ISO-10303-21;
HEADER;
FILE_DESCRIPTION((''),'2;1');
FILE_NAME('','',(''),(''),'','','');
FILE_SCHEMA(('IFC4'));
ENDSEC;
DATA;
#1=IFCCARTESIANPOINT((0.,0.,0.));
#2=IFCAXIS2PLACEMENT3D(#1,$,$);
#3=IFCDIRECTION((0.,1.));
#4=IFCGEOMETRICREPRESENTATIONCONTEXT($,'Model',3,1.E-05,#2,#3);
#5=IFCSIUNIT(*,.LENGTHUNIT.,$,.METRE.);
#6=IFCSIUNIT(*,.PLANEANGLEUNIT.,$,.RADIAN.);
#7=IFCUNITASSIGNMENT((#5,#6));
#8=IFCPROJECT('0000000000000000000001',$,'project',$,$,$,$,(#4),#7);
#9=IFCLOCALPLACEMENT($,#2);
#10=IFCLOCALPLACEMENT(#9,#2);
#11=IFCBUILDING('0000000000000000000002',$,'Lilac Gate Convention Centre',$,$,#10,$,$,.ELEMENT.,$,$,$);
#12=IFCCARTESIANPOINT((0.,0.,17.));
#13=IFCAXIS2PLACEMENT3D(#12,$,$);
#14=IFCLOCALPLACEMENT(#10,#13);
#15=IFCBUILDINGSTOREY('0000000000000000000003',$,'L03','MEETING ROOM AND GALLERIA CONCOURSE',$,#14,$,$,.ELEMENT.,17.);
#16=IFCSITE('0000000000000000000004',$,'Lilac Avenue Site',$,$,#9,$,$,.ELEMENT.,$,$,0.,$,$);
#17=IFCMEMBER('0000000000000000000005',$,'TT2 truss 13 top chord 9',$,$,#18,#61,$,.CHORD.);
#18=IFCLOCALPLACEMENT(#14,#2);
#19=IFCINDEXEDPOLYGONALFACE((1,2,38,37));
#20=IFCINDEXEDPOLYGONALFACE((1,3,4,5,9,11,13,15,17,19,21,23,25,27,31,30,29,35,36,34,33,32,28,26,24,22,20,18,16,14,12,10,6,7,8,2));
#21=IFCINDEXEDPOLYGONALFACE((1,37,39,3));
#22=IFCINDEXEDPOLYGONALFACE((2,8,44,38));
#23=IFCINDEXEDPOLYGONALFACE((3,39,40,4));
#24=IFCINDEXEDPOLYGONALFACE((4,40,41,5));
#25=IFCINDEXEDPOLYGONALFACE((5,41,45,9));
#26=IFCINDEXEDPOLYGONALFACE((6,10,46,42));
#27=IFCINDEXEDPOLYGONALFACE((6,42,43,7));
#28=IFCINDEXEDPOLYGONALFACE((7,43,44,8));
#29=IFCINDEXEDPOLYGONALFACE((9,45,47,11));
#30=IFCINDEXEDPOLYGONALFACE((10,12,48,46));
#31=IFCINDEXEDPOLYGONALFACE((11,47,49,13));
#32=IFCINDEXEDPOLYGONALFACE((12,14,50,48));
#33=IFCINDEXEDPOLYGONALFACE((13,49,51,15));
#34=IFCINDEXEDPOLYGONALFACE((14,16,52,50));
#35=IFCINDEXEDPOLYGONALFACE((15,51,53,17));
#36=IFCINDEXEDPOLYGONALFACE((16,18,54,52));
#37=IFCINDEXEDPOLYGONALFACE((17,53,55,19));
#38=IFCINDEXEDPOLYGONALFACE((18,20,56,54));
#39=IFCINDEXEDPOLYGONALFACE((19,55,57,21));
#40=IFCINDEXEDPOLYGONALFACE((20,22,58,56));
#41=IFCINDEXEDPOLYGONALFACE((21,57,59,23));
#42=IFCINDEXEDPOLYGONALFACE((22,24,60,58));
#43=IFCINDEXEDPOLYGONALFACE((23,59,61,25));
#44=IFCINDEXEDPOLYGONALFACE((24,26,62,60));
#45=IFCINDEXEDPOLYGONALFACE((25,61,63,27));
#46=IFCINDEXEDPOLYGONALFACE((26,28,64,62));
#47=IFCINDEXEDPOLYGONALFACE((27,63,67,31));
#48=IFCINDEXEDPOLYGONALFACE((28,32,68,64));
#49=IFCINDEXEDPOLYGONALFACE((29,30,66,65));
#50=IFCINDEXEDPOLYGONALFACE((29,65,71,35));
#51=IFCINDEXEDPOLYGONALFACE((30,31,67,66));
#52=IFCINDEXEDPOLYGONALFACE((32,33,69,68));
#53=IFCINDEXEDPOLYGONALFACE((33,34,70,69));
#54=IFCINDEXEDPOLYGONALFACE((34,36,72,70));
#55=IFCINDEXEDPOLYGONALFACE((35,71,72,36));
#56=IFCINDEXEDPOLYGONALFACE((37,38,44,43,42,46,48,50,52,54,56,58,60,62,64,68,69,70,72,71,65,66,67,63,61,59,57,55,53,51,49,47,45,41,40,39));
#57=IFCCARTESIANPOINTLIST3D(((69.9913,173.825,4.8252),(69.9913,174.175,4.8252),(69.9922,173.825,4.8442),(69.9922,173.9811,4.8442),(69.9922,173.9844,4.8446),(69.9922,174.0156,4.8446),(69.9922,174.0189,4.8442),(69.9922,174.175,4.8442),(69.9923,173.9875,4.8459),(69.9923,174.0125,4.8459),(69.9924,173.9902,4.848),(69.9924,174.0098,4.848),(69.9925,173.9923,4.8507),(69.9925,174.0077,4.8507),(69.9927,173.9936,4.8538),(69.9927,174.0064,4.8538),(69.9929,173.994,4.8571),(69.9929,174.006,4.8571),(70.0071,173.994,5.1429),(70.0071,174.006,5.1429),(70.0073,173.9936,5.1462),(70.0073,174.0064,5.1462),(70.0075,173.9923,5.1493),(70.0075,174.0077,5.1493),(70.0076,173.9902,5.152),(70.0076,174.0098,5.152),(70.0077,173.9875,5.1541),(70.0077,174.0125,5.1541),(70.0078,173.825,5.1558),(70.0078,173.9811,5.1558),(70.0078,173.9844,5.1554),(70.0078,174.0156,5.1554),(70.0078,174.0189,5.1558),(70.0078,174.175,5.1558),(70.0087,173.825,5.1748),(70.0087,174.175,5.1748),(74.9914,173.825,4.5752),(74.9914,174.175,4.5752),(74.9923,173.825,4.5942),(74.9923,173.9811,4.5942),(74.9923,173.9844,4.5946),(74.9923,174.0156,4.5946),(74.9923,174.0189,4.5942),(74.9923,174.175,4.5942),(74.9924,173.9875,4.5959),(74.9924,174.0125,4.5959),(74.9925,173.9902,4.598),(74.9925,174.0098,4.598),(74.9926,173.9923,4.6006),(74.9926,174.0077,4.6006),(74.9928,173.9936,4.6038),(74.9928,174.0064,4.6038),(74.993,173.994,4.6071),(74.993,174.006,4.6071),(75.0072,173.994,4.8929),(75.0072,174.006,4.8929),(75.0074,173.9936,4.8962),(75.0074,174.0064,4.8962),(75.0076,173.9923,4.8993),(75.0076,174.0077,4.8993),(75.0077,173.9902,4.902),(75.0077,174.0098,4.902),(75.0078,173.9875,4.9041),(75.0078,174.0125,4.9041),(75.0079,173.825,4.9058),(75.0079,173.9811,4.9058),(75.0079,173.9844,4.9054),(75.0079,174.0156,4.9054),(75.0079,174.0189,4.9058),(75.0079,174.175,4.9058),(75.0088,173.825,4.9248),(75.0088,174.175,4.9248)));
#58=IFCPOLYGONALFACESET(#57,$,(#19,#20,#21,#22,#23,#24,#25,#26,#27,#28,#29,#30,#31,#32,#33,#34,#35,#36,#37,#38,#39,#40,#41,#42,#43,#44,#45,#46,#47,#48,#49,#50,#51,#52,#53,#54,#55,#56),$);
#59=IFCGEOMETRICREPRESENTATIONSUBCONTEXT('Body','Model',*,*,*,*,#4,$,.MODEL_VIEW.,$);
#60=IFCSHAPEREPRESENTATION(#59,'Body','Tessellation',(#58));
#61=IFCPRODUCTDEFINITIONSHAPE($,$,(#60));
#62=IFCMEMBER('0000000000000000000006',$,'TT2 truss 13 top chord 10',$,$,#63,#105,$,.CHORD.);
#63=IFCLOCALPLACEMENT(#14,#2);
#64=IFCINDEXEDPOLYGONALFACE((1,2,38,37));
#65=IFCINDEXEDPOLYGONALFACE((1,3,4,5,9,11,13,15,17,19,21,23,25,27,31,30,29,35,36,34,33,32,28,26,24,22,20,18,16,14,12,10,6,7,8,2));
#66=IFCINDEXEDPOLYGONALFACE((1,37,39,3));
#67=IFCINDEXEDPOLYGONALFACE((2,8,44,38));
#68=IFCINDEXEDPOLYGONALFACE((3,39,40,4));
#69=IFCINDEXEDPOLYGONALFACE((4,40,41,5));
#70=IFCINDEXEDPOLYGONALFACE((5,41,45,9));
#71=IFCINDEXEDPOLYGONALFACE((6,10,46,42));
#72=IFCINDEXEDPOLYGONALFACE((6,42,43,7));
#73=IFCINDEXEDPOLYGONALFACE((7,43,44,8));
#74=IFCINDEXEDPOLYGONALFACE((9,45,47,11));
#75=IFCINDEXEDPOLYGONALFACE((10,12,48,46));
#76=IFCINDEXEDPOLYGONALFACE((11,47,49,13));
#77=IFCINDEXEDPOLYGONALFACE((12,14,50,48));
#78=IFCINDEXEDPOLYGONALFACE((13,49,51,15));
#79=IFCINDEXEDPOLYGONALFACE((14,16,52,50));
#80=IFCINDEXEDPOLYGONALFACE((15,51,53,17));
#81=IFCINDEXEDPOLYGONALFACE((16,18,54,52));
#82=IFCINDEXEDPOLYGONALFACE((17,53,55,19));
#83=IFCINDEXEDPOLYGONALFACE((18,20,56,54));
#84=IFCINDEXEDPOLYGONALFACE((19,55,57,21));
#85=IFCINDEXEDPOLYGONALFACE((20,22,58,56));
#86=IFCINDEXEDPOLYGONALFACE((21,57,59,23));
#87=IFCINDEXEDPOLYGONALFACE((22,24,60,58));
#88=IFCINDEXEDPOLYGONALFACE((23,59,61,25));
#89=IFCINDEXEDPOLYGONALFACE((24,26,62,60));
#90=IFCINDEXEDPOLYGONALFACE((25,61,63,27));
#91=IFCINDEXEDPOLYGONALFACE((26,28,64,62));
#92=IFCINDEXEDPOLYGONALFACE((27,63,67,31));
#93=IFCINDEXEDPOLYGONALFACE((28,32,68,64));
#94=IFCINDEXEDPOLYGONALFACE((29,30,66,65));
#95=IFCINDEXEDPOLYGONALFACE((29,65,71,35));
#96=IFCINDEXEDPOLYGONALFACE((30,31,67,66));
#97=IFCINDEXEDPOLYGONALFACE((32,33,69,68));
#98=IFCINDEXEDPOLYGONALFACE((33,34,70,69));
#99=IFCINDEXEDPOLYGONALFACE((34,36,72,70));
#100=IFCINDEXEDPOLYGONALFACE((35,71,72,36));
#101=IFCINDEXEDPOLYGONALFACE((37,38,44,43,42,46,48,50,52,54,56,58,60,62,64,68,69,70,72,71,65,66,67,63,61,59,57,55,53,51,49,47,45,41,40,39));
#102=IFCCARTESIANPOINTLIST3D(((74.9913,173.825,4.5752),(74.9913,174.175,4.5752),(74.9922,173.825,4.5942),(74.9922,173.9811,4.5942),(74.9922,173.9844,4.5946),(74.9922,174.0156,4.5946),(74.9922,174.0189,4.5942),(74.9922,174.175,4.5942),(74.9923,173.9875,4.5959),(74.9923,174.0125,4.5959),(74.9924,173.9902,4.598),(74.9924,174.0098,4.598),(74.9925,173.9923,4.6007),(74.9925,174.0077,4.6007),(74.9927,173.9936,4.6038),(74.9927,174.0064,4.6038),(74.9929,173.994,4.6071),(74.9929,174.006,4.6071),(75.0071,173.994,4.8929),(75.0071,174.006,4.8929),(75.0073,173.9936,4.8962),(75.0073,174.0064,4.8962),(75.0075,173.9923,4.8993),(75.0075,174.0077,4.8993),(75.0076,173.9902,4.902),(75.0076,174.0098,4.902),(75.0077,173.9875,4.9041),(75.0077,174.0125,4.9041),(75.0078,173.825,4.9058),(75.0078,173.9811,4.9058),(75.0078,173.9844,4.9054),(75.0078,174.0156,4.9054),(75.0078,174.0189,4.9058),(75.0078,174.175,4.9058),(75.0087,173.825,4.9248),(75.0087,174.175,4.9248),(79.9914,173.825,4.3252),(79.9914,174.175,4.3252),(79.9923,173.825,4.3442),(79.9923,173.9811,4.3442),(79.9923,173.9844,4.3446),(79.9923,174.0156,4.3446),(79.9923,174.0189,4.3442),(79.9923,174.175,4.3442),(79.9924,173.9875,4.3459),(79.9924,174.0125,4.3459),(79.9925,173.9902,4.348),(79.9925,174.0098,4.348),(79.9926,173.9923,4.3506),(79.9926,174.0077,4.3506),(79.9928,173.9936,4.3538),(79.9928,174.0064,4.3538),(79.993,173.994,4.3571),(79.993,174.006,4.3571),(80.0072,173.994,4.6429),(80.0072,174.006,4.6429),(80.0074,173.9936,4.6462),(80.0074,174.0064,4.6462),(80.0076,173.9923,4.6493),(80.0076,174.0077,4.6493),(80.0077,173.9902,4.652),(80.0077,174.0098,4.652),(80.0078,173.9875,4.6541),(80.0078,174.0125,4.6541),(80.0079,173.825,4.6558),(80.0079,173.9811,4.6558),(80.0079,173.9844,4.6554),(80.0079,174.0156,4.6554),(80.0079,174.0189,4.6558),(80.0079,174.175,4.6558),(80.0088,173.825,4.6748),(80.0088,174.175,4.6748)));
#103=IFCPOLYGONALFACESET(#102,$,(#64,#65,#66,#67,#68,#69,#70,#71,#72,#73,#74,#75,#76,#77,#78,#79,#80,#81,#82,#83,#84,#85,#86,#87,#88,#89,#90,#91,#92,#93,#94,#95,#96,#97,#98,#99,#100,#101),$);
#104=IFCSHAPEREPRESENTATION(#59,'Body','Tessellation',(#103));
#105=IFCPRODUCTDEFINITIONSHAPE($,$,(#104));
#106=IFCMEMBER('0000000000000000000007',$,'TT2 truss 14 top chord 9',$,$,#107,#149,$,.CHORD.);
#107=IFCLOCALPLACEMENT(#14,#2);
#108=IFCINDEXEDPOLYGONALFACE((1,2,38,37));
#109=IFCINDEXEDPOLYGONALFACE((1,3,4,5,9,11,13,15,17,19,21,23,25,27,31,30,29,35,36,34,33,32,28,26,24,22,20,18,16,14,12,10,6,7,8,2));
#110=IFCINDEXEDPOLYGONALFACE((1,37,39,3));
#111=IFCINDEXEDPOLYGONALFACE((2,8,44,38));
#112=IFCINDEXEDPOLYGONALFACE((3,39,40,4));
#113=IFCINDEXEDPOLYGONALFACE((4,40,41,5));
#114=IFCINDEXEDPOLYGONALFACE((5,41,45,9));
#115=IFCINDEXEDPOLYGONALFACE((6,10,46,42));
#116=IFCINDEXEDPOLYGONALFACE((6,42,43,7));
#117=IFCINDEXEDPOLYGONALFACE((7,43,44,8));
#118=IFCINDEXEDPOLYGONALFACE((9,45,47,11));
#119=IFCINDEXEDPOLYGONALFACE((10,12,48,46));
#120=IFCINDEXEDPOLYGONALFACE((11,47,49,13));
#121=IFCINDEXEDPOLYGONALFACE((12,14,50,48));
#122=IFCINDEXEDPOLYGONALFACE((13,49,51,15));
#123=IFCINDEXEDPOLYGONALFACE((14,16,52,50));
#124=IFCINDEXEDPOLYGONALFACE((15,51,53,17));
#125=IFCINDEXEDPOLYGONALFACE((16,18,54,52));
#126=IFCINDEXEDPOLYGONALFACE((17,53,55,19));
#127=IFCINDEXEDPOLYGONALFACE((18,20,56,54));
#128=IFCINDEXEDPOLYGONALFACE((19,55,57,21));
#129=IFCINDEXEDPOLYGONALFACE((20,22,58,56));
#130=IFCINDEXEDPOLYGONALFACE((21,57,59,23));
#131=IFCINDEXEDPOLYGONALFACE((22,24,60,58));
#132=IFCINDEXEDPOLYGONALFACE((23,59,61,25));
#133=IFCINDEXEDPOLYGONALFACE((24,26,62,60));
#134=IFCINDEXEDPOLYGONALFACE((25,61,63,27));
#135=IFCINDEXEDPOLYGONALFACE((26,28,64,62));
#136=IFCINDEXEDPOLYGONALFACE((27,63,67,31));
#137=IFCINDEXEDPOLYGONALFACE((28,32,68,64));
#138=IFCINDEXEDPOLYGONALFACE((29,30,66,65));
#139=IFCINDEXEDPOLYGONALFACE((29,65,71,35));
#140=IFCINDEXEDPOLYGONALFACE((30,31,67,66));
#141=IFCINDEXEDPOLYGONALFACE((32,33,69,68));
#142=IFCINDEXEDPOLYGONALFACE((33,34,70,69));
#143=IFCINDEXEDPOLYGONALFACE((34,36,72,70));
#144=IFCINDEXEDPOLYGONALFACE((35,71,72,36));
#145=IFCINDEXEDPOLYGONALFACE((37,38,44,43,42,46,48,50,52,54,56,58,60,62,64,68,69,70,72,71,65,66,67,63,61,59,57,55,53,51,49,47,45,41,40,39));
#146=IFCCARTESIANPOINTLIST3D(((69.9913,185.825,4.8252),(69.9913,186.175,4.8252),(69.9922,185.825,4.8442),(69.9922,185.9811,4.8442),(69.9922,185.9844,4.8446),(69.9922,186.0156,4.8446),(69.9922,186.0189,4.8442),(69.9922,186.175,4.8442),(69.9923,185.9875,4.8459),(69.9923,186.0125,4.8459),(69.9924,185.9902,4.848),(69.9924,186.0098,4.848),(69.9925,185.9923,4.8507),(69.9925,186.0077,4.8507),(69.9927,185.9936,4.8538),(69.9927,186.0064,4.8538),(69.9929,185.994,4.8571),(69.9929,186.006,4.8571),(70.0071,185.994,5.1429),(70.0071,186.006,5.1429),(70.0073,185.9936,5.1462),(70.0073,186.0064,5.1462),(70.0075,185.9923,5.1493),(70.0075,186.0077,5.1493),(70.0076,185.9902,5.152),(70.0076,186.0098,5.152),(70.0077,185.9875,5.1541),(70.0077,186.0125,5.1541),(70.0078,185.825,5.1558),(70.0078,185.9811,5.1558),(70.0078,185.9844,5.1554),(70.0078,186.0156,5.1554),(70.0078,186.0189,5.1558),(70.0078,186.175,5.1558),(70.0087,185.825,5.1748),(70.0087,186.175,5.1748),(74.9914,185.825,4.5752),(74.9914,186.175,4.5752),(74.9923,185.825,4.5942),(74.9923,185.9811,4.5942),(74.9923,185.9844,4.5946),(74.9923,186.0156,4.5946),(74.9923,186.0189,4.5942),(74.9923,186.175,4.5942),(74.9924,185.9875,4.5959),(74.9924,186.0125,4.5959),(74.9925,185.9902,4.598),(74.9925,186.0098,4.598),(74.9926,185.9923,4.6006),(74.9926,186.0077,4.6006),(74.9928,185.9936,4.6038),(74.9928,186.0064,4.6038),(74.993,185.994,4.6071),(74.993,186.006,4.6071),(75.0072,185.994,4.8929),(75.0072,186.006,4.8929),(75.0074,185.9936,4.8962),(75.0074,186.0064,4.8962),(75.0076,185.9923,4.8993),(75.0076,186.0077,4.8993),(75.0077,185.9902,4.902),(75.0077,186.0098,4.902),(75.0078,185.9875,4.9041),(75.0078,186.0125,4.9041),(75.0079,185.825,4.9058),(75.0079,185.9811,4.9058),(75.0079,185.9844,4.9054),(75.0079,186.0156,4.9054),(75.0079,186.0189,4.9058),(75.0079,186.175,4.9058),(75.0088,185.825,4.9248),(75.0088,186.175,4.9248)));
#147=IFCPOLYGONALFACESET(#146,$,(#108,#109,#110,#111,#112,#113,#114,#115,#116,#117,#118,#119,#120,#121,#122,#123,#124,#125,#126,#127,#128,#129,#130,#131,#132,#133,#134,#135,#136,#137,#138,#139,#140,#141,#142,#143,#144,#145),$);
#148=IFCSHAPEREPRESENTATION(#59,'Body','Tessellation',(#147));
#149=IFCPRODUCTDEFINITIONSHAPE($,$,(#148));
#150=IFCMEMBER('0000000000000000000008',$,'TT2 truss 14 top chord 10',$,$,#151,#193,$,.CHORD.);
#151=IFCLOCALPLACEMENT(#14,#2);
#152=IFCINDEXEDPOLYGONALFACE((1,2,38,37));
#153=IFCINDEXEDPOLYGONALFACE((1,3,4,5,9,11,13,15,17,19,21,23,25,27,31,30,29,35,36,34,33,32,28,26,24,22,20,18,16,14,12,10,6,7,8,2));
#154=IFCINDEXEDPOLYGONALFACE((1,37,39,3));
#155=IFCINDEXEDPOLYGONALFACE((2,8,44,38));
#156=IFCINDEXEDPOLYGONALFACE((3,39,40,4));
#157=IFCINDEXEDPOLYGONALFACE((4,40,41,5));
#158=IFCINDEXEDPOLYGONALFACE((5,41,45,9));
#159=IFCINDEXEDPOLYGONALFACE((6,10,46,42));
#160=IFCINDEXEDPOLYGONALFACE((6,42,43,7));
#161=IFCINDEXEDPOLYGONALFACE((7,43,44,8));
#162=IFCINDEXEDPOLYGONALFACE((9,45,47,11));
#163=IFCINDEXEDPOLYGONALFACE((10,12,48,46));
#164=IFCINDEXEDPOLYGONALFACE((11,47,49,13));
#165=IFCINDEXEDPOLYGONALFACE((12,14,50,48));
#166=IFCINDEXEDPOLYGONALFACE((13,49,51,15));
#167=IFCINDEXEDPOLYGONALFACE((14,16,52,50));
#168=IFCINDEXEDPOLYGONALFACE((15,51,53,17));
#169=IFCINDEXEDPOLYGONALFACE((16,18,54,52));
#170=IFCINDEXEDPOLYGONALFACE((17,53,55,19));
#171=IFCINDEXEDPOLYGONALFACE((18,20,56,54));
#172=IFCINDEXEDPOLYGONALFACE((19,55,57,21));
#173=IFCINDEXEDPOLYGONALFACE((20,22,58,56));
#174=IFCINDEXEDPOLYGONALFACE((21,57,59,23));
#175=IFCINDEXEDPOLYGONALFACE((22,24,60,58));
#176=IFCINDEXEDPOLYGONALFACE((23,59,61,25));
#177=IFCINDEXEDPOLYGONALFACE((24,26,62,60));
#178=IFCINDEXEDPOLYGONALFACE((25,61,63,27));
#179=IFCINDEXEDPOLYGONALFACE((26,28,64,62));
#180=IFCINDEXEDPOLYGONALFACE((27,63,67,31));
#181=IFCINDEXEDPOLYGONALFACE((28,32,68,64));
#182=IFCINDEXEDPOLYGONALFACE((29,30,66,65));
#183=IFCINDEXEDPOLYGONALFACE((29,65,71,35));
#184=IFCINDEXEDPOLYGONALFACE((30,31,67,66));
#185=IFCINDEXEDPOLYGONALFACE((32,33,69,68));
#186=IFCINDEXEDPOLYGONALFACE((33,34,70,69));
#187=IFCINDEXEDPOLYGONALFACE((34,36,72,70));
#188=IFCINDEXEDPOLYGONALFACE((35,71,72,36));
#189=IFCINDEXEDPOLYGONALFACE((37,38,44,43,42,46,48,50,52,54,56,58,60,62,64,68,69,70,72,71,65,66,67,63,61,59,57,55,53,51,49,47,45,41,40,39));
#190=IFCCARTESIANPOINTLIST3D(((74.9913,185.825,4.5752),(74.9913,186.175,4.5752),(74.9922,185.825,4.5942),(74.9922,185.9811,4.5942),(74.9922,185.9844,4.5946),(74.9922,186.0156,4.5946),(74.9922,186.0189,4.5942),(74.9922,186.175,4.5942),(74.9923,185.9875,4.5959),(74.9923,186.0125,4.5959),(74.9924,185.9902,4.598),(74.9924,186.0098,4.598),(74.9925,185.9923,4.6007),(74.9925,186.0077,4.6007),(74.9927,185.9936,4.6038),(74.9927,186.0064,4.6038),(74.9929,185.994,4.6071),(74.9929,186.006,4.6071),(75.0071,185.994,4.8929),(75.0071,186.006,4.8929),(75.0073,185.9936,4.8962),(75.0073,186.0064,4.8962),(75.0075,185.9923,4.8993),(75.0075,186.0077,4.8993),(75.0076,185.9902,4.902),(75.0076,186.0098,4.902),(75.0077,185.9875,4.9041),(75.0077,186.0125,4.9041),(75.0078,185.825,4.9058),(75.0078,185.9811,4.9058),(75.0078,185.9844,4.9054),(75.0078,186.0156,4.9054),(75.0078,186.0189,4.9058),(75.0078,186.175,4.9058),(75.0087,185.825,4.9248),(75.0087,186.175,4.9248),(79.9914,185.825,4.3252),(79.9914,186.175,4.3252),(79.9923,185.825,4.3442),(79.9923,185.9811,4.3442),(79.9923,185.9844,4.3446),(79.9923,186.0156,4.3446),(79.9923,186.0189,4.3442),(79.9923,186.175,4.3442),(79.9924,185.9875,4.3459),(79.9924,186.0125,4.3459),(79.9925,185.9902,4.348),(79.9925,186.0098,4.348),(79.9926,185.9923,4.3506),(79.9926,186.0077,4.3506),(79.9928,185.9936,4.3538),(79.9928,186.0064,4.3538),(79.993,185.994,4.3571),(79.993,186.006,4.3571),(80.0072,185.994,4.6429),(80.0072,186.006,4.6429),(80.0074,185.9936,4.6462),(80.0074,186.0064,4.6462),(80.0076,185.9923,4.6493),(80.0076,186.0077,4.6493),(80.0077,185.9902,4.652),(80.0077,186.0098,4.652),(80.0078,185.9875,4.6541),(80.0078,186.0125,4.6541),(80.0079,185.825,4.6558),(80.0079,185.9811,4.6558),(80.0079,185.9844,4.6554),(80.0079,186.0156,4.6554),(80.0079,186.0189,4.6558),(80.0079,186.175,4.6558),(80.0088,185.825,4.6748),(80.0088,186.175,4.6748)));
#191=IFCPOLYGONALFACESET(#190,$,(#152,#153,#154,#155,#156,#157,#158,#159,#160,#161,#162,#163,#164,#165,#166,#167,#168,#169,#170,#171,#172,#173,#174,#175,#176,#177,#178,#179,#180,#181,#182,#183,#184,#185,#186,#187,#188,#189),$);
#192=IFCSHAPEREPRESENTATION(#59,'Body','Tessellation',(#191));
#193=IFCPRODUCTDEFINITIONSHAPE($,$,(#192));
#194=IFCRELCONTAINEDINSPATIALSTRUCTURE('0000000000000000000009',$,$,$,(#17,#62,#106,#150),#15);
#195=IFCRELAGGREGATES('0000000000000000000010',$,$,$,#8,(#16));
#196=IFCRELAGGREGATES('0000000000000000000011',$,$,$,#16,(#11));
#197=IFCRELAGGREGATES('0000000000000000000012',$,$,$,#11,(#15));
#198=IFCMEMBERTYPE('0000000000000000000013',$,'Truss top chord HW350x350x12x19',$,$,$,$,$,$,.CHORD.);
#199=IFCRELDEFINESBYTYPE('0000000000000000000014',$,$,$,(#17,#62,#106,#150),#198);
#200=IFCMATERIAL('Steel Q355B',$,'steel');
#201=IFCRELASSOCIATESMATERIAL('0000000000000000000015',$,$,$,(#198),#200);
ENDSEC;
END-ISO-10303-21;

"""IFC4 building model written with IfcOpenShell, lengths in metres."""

from ifc_helpers import new_model, si_unit, direction, frame, origin, origin_2d, place, context, subcontext, project, spatial, i_section, extrude, material, material_profile, profile_set, type_object, element, save


model = new_model("IFC4")

# Units and contexts
model_context = context("Model", 3, precision=1e-05, world=origin(), true_north=direction((0.0, 1.0)))
body_context = subcontext(model_context, "Body", "Model", "MODEL_VIEW")
ifc_project = project(units=[si_unit("LENGTHUNIT", "METRE"), si_unit("PLANEANGLEUNIT", "RADIAN")], contexts=[model_context])

# Site, building, storey
site_placement = place(None, origin())
site = spatial("IfcSite", under=ifc_project, at=site_placement, Name="Lilac Avenue Site", CompositionType="ELEMENT", RefElevation=0.0)
building_placement = place(site_placement, origin())
building = spatial("IfcBuilding", under=site, at=building_placement, Name="Lilac Gate Convention Centre", CompositionType="ELEMENT")
storey_placement = place(building_placement, frame((0.0, 0.0, 17.0)))
storey = spatial("IfcBuildingStorey", under=building, at=storey_placement, Name="L03", Description="MEETING ROOM AND GALLERIA CONCOURSE", CompositionType="ELEMENT", Elevation=17.0)

# Members
ifc_material = material(Name="Steel Q355B", Category="steel")
ifc_material_profile_1 = material_profile(ifc_material, i_section(OverallWidth=0.3501, OverallDepth=0.3501, WebThickness=0.012, FlangeThickness=0.019, FilletRadius=0.0129, at=origin_2d()), Name="HW350x350x12x19")
ifc_profile_set_1 = profile_set([ifc_material_profile_1], Name="Steel Q355B")
member_type_1 = type_object("IfcMemberType", Name="Truss top chord HW350x350x12x19", PredefinedType="CHORD", material=ifc_profile_set_1)
for number, where, z_axis, x_axis, name in (
    (1, (70.0, 174.0, 5.0), (0.998752, 0.0, -0.049938), (0.0, 1.0, 0.0), "TT2 truss 13 top chord 9"),
    (2, (75.0, 174.0, 4.75), (0.998752, 0.0, -0.049938), (0.0, 1.0, 0.0), "TT2 truss 13 top chord 10"),
    (3, (70.0, 186.0, 5.0), (0.998752, 0.0, -0.049938), (0.0, 1.0, 0.0), "TT2 truss 14 top chord 9"),
    (4, (75.0, 186.0, 4.75), (0.998752, 0.0, -0.049938), (0.0, 1.0, 0.0), "TT2 truss 14 top chord 10"),
):
    element("IfcMember", number, at=place(storey_placement, frame(where, z_axis=z_axis, x_axis=x_axis)), inside=storey, type_object=member_type_1, Name=name, PredefinedType="CHORD", context=body_context, shape_type="SweptSolid", body=[
        extrude(i_section(OverallWidth=0.3501, OverallDepth=0.3501, WebThickness=0.012, FlangeThickness=0.019, FilletRadius=0.0129, at=origin_2d()), origin(), (0.0, 0.0, 1.0), 5.0063),
    ])

save(model, "model.ifc")
